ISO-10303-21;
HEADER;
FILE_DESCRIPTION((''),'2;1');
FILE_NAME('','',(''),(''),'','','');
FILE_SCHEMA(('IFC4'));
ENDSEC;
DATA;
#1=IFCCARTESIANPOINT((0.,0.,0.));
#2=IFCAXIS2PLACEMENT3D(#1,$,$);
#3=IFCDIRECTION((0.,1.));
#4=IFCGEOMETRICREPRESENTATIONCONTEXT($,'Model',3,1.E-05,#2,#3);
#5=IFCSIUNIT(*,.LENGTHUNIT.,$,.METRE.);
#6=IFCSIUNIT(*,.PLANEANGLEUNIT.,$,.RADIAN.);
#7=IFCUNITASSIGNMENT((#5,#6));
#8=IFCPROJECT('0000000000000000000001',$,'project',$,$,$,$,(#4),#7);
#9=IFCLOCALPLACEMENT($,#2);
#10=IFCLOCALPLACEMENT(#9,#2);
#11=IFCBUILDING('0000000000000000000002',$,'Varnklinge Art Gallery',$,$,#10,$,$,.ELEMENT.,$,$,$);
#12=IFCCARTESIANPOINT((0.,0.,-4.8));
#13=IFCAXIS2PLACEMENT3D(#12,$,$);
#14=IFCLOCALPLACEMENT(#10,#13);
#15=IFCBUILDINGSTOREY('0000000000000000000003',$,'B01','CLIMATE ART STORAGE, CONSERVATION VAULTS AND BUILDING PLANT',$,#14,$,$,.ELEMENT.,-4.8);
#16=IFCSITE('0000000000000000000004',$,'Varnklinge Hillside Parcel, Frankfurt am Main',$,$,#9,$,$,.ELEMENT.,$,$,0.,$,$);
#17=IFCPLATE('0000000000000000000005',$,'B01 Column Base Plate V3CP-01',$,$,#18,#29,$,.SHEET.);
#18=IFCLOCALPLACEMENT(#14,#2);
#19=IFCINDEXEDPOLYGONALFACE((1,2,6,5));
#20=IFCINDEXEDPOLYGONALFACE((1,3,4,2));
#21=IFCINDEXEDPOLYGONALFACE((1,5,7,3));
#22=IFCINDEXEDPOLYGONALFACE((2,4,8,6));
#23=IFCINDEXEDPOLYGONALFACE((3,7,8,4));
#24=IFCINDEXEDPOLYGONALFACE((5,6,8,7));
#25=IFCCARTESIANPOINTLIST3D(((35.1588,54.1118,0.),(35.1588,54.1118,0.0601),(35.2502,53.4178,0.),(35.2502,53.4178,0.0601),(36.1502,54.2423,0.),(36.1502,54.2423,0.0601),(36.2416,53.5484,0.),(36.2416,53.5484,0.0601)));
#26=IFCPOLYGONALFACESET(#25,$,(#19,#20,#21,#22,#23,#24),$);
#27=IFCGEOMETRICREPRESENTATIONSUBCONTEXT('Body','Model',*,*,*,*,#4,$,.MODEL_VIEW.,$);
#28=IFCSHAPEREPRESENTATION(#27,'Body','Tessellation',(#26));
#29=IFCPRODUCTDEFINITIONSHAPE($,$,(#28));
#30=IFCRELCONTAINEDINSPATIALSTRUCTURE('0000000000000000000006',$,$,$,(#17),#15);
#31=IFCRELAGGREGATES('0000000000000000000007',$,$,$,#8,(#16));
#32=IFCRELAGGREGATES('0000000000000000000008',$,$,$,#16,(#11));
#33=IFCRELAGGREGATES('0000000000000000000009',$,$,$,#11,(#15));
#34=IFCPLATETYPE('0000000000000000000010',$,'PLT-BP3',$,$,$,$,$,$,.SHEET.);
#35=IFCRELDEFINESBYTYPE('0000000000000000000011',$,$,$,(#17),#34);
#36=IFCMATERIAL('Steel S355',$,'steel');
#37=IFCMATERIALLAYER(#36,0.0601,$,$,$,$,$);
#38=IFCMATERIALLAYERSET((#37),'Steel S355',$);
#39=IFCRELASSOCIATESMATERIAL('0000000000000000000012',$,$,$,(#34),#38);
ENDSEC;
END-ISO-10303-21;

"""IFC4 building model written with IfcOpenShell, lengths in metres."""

from ifc_helpers import new_model, si_unit, direction, frame, origin, origin_2d, place, context, subcontext, project, spatial, rectangle, extrude, material, layer, layer_set, type_object, element, save


model = new_model("IFC4")

# Units and contexts
model_context = context("Model", 3, precision=1e-05, world=origin(), true_north=direction((0.0, 1.0)))
body_context = subcontext(model_context, "Body", "Model", "MODEL_VIEW")
ifc_project = project(units=[si_unit("LENGTHUNIT", "METRE"), si_unit("PLANEANGLEUNIT", "RADIAN")], contexts=[model_context])

# Site, building, storey
site_placement = place(None, origin())
site = spatial("IfcSite", under=ifc_project, at=site_placement, Name="Varnklinge Hillside Parcel, Frankfurt am Main", CompositionType="ELEMENT", RefElevation=0.0)
building_placement = place(site_placement, origin())
building = spatial("IfcBuilding", under=site, at=building_placement, Name="Varnklinge Art Gallery", CompositionType="ELEMENT")
storey_placement = place(building_placement, frame((0.0, 0.0, -4.8)))
storey = spatial("IfcBuildingStorey", under=building, at=storey_placement, Name="B01", Description="CLIMATE ART STORAGE, CONSERVATION VAULTS AND BUILDING PLANT", CompositionType="ELEMENT", Elevation=-4.8)

# Plate
ifc_material_1 = material(Name="Steel S355", Category="steel")
ifc_layer_1 = layer(ifc_material_1, 0.0601)
ifc_layer_set_1 = layer_set([ifc_layer_1], Name="Steel S355")
plate_type_1 = type_object("IfcPlateType", Name="PLT-BP3", PredefinedType="SHEET", material=ifc_layer_set_1)
plate_placement = place(storey_placement, frame((35.7002, 53.8301, 0.0), z_axis=(0.0, 0.0, 1.0), x_axis=(0.991445, 0.130526, 0.0)))
element("IfcPlate", 1, at=plate_placement, inside=storey, type_object=plate_type_1, Name="B01 Column Base Plate V3CP-01", PredefinedType="SHEET", context=body_context, shape_type="SweptSolid", body=[
    extrude(rectangle(XDim=1.0, YDim=0.7, at=origin_2d()), origin(), (0.0, 0.0, 1.0), 0.0601),
])

save(model, "model.ifc")
